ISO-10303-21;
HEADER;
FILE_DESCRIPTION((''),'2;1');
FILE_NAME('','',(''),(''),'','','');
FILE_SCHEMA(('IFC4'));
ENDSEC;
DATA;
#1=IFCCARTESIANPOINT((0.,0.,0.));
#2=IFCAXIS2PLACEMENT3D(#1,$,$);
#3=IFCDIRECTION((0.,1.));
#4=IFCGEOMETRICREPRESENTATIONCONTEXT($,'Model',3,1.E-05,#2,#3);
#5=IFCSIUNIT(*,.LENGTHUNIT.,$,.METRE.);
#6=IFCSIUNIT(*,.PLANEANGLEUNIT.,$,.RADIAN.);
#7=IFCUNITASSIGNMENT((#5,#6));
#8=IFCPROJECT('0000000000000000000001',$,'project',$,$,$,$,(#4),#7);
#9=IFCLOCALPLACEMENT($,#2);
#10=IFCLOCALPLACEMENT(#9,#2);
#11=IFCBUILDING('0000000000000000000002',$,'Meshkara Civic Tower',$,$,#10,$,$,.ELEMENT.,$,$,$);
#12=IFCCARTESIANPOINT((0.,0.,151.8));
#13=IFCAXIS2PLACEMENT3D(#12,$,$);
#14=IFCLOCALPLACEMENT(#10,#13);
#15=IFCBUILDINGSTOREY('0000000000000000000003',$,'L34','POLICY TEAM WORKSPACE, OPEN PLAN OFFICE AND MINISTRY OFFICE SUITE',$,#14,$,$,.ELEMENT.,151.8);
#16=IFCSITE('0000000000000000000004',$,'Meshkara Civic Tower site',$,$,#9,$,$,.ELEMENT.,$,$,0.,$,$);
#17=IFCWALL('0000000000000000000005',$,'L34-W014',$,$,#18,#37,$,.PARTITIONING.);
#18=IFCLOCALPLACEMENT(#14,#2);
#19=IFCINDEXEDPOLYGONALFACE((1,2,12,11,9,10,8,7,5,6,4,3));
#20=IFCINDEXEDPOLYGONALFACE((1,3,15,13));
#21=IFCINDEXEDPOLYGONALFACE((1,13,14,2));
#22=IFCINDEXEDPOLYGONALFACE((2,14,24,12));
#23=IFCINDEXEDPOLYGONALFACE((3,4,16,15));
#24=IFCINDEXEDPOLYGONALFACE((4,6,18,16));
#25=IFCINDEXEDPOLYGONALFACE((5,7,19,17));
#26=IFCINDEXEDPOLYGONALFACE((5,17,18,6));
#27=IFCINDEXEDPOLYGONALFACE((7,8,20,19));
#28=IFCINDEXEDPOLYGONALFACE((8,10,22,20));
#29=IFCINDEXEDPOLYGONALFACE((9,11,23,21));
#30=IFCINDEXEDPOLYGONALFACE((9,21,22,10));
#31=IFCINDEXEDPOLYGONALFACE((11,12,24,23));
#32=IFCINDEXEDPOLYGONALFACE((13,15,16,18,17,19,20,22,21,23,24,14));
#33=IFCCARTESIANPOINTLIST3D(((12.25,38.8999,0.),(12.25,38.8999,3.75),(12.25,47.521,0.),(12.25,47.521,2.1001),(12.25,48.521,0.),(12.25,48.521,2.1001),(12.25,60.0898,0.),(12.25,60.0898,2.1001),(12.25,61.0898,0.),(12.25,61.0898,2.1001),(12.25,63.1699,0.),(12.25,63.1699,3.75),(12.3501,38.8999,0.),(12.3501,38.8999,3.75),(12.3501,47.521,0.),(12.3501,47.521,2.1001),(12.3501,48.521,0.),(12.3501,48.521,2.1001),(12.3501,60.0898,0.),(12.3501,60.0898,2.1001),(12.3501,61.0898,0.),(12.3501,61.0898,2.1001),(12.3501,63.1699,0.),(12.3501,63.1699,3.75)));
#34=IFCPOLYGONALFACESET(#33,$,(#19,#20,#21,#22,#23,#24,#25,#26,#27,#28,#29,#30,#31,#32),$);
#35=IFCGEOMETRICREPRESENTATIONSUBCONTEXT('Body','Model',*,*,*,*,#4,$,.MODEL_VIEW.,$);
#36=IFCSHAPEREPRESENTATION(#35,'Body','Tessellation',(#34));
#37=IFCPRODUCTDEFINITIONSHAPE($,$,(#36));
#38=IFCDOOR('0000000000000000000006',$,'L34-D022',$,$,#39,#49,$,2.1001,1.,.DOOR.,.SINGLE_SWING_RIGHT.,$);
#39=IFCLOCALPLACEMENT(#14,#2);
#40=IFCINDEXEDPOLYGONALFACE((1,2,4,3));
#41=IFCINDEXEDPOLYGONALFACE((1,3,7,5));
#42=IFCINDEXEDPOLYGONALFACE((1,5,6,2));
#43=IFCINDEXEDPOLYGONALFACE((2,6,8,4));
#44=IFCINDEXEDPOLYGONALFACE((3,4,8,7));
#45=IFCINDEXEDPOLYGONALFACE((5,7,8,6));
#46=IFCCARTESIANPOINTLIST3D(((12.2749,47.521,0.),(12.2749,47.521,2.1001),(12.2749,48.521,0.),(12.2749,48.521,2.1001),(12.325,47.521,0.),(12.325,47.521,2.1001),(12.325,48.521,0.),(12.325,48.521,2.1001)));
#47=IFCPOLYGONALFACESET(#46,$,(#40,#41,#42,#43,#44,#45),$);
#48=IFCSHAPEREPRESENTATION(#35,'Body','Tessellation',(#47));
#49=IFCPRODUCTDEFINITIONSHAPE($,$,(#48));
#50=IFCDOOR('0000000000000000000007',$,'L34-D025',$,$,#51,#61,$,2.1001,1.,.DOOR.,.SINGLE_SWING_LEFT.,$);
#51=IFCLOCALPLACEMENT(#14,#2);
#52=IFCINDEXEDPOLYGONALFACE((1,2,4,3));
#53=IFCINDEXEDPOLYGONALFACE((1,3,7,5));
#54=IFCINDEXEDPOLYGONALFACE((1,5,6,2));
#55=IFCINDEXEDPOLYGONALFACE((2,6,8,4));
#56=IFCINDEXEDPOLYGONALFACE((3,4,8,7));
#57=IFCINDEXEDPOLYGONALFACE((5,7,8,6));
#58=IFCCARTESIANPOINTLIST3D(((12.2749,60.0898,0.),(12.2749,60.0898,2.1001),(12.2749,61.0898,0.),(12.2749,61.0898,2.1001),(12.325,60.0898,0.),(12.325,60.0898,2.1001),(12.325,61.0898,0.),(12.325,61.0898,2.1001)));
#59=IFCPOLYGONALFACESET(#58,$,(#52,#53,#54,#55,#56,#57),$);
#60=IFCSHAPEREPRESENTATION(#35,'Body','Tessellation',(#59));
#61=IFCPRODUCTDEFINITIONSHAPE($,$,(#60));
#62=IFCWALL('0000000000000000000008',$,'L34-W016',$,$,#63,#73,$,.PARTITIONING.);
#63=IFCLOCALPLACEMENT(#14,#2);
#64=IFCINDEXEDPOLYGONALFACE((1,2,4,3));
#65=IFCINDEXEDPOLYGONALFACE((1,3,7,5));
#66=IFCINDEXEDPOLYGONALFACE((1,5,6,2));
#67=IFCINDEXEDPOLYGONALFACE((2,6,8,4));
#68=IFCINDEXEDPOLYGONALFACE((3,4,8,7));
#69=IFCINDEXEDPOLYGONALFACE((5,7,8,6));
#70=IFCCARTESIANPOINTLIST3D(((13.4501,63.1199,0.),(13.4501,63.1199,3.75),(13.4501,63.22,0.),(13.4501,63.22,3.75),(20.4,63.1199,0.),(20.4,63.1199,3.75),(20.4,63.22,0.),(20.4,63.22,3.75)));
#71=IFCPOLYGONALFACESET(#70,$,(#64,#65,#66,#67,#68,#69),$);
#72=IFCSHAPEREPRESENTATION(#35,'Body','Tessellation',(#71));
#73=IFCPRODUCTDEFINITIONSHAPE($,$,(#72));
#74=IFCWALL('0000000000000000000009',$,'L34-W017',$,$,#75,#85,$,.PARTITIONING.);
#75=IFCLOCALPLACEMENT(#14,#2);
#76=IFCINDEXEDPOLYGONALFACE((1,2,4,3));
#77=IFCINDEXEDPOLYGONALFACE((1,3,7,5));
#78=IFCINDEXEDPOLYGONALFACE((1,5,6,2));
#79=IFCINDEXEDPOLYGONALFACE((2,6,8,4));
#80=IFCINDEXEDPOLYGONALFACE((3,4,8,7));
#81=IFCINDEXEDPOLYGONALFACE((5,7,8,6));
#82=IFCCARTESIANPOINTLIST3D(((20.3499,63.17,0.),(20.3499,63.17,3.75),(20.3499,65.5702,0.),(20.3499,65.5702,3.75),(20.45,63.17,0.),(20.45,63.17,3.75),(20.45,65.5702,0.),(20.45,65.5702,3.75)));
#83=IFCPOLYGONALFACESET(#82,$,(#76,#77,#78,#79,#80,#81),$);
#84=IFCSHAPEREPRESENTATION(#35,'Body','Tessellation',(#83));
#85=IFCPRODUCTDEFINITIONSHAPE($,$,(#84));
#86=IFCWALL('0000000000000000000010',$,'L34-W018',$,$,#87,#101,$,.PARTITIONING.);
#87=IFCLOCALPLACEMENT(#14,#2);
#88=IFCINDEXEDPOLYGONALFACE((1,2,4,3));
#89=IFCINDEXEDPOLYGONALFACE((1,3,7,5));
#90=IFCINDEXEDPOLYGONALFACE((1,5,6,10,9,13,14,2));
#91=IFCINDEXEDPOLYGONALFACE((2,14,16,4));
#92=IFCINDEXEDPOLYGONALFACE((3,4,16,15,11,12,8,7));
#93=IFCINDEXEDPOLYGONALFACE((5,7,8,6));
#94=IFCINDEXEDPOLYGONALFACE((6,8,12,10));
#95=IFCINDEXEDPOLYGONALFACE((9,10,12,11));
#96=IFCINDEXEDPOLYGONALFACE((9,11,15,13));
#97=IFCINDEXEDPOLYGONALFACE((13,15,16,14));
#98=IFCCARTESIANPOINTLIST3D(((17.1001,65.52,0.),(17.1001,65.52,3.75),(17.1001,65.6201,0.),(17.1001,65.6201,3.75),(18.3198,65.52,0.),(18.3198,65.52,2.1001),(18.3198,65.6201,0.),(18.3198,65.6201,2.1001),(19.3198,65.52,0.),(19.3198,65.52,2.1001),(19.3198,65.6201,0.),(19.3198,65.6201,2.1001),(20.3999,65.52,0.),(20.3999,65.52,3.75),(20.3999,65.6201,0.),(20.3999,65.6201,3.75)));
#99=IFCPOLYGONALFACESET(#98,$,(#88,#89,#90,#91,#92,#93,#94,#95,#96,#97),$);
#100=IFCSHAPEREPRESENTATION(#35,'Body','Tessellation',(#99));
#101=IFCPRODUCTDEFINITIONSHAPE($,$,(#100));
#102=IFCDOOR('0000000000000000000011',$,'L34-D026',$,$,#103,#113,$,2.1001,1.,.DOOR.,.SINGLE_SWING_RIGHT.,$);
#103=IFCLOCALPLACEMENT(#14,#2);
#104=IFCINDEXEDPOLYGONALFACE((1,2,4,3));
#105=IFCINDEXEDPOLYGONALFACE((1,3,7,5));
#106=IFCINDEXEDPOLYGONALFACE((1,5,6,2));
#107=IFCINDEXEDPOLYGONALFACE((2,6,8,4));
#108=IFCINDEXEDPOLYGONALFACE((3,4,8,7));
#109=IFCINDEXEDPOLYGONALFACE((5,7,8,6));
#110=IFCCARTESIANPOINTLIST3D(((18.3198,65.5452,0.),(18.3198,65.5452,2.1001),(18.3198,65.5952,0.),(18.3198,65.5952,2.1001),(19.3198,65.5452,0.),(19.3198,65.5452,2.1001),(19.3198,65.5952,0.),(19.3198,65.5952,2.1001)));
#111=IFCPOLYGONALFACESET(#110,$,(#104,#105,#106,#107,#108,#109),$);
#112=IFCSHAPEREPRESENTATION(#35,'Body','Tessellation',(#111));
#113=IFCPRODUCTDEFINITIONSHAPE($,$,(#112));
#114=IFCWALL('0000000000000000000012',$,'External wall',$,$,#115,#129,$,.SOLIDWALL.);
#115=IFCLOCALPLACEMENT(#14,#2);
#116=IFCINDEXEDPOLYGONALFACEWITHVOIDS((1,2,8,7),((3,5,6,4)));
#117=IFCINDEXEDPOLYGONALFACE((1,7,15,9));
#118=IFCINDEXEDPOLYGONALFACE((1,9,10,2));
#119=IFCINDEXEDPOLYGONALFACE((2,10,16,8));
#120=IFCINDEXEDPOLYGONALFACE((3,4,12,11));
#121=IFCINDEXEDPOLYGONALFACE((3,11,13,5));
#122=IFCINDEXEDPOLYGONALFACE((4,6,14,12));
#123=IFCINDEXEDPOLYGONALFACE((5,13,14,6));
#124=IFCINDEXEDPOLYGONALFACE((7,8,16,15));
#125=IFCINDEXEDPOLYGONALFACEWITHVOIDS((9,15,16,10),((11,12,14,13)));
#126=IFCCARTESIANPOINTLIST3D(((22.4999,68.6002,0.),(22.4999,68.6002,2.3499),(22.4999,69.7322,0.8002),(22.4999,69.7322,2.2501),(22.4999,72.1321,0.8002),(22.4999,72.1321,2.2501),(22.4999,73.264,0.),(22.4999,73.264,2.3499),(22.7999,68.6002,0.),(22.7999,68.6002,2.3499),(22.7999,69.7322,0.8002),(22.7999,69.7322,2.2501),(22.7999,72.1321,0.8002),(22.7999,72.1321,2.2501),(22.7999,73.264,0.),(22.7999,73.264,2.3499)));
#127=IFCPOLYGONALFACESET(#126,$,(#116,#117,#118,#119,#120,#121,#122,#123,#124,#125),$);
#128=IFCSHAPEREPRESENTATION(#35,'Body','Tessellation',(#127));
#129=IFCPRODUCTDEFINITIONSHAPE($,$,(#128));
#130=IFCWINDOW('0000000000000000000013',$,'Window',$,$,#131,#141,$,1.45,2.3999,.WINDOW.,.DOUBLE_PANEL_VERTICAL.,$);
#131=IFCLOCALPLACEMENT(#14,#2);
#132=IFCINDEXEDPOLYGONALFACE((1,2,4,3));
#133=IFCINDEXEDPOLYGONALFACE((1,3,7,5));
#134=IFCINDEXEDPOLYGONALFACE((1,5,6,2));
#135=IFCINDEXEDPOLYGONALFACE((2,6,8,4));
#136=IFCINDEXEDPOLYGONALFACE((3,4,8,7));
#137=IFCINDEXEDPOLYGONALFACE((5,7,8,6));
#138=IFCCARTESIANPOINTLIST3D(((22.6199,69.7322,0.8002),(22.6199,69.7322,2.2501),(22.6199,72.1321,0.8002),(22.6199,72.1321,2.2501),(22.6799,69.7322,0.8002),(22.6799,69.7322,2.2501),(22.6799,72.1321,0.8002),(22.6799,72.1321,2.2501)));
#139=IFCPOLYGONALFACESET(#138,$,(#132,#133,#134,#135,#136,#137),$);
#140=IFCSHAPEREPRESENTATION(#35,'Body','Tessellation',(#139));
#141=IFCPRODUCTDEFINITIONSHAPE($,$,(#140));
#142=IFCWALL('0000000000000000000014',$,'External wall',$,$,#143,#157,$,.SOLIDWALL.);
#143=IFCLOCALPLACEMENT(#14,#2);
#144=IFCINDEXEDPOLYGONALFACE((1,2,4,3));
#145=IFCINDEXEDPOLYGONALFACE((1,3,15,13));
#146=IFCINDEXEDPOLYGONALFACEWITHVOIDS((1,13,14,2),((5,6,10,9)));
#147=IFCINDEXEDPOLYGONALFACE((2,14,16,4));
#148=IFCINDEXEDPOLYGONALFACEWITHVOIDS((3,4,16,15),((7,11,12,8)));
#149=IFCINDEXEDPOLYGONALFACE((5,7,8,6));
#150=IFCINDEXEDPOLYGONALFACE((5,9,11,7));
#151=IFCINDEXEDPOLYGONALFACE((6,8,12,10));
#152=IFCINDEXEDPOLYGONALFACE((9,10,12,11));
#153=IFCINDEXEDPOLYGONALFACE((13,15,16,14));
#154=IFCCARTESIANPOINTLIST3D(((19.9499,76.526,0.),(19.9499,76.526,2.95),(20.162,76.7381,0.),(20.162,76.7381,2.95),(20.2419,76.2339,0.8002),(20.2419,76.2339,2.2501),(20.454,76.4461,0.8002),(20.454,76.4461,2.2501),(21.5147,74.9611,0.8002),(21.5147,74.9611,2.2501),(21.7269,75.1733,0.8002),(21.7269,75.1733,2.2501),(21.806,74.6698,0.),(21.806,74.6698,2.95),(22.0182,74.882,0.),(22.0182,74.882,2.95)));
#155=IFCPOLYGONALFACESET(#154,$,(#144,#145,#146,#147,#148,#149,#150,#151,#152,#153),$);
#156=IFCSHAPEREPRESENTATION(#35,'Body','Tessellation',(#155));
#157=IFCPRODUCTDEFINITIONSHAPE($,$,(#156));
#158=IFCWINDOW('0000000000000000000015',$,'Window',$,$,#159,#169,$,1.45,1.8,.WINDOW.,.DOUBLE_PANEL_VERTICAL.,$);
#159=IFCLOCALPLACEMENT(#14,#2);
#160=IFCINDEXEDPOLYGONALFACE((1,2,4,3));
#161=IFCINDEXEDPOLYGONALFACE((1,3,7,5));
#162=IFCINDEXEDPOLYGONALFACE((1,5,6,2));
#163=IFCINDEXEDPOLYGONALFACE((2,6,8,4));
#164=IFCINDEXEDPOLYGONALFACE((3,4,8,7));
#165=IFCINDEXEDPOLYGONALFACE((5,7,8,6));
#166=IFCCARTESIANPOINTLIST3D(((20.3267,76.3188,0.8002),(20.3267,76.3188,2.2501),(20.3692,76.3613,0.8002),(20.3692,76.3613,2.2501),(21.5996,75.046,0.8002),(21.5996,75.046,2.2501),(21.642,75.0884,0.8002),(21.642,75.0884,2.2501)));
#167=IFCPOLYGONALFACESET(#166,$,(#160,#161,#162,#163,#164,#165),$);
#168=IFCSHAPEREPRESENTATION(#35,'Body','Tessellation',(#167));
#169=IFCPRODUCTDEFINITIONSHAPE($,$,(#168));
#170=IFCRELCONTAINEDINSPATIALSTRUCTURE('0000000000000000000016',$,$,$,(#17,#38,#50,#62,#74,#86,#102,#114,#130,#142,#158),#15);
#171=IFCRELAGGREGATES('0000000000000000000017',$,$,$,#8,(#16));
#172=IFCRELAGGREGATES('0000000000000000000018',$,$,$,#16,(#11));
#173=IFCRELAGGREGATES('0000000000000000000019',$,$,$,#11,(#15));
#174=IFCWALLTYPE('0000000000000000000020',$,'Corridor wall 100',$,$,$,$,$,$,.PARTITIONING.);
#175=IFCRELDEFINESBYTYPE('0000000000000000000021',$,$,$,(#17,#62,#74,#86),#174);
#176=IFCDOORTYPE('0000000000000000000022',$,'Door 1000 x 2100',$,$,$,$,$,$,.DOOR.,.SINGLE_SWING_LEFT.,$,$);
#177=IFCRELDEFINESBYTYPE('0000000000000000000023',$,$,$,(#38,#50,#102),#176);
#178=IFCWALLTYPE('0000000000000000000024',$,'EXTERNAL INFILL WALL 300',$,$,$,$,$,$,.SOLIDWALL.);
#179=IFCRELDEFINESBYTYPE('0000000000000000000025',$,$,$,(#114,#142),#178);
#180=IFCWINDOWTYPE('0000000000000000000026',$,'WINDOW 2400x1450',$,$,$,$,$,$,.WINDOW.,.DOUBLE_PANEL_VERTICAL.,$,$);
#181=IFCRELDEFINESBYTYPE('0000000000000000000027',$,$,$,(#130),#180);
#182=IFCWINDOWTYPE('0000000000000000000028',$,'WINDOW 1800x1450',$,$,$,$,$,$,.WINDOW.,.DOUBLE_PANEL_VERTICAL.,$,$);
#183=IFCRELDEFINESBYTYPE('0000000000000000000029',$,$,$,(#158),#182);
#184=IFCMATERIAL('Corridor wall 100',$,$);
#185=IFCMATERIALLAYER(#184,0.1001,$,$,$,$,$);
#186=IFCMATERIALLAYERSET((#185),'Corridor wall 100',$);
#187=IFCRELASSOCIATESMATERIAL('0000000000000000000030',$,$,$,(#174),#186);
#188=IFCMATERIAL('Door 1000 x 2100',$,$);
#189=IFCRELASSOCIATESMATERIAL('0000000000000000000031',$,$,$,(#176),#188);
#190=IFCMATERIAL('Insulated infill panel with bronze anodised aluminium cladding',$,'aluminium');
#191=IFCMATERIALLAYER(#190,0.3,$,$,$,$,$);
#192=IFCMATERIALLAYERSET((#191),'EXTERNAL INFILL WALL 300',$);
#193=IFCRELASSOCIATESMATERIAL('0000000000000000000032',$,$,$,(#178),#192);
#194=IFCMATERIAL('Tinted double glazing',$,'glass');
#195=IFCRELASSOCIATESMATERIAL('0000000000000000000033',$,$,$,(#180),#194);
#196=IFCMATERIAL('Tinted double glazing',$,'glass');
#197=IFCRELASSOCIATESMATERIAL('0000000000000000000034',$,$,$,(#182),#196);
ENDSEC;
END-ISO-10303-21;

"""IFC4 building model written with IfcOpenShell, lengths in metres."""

from ifc_helpers import new_model, si_unit, direction, frame, frame_2d, origin, place, context, subcontext, project, spatial, rectangle, extrude, material, layer, layer_set, type_object, element, fill, save


model = new_model("IFC4")

# Units and contexts
model_context = context("Model", 3, precision=1e-05, world=origin(), true_north=direction((0.0, 1.0)))
body_context = subcontext(model_context, "Body", "Model", "MODEL_VIEW")
ifc_project = project(units=[si_unit("LENGTHUNIT", "METRE"), si_unit("PLANEANGLEUNIT", "RADIAN")], contexts=[model_context])

# Site, building, storey
site_placement = place(None, origin())
site = spatial("IfcSite", under=ifc_project, at=site_placement, Name="Meshkara Civic Tower site", CompositionType="ELEMENT", RefElevation=0.0)
building_placement = place(site_placement, origin())
building = spatial("IfcBuilding", under=site, at=building_placement, Name="Meshkara Civic Tower", CompositionType="ELEMENT")
storey_placement = place(building_placement, frame((0.0, 0.0, 151.8)))
storey = spatial("IfcBuildingStorey", under=building, at=storey_placement, Name="L34", Description="POLICY TEAM WORKSPACE, OPEN PLAN OFFICE AND MINISTRY OFFICE SUITE", CompositionType="ELEMENT", Elevation=151.8)

# Wall, openings, doors
ifc_material_1 = material(Name="Corridor wall 100")
ifc_layer_1 = layer(ifc_material_1, 0.1001)
ifc_layer_set_1 = layer_set([ifc_layer_1], Name="Corridor wall 100")
wall_type_1 = type_object("IfcWallType", Name="Corridor wall 100", PredefinedType="PARTITIONING", material=ifc_layer_set_1)
wall_1_placement = place(storey_placement, frame((12.3, 63.1699, 0.0), z_axis=(0.0, 0.0, 1.0), x_axis=(0.0, -1.0, 0.0)))
wall_1 = element("IfcWall", 1, at=wall_1_placement, inside=storey, type_object=wall_type_1, Name="L34-W014", PredefinedType="PARTITIONING", context=body_context, shape_type="SweptSolid", body=[
    extrude(rectangle(XDim=24.27, YDim=0.1001, at=frame_2d((12.135, 0.0))), origin(), (0.0, 0.0, 1.0), 3.75),
])
opening_1_placement = place(wall_1_placement, frame((14.6489, 0.0, 0.0)))
opening_1 = element("IfcOpeningElement", 2, at=opening_1_placement, cuts=wall_1, PredefinedType="OPENING", context=body_context, shape_type="SweptSolid", body=[
    extrude(rectangle(XDim=1.0, YDim=2.1001, at=frame_2d((0.5, 1.05))), frame((0.0, 0.0601, 0.0), z_axis=(0.0, -1.0, 0.0), x_axis=(1.0, 0.0, 0.0)), (0.0, 0.0, 1.0), 0.1201),
])
opening_2_placement = place(wall_1_placement, frame((2.0801, 0.0, 0.0)))
opening_2 = element("IfcOpeningElement", 3, at=opening_2_placement, cuts=wall_1, PredefinedType="OPENING", context=body_context, shape_type="SweptSolid", body=[
    extrude(rectangle(XDim=1.0, YDim=2.1001, at=frame_2d((0.5, 1.05))), frame((0.0, 0.0601, 0.0), z_axis=(0.0, -1.0, 0.0), x_axis=(1.0, 0.0, 0.0)), (0.0, 0.0, 1.0), 0.1201),
])
ifc_material_2 = material(Name="Door 1000 x 2100")
door_type = type_object("IfcDoorType", Name="Door 1000 x 2100", OperationType="SINGLE_SWING_LEFT", PredefinedType="DOOR", material=ifc_material_2)
door_1_placement = place(opening_1_placement, origin())
door_1 = element("IfcDoor", 4, at=door_1_placement, inside=storey, type_object=door_type, Name="L34-D022", OperationType="SINGLE_SWING_RIGHT", OverallHeight=2.1001, OverallWidth=1.0, PredefinedType="DOOR", context=body_context, shape_type="SweptSolid", body=[
    extrude(rectangle(XDim=1.0, YDim=2.1001, at=frame_2d((0.5, 1.05))), frame((0.0, 0.0249, 0.0), z_axis=(0.0, -1.0, 0.0), x_axis=(1.0, 0.0, 0.0)), (0.0, 0.0, 1.0), 0.05),
])
fill(opening_1, door_1)
door_2_placement = place(opening_2_placement, origin())
door_2 = element("IfcDoor", 5, at=door_2_placement, inside=storey, type_object=door_type, Name="L34-D025", OperationType="SINGLE_SWING_LEFT", OverallHeight=2.1001, OverallWidth=1.0, PredefinedType="DOOR", context=body_context, shape_type="SweptSolid", body=[
    extrude(rectangle(XDim=1.0, YDim=2.1001, at=frame_2d((0.5, 1.05))), frame((0.0, 0.0249, 0.0), z_axis=(0.0, -1.0, 0.0), x_axis=(1.0, 0.0, 0.0)), (0.0, 0.0, 1.0), 0.05),
])
fill(opening_2, door_2)

# Walls
wall_2_placement = place(storey_placement, frame((13.45, 63.1699, 0.0), z_axis=(0.0, 0.0, 1.0), x_axis=(1.0, 0.0, 0.0)))
element("IfcWall", 6, at=wall_2_placement, inside=storey, type_object=wall_type_1, Name="L34-W016", PredefinedType="PARTITIONING", context=body_context, shape_type="SweptSolid", body=[
    extrude(rectangle(XDim=6.95, YDim=0.1001, at=frame_2d((3.4751, 0.0))), origin(), (0.0, 0.0, 1.0), 3.75),
])
wall_3_placement = place(storey_placement, frame((20.3999, 63.1699, 0.0), z_axis=(0.0, 0.0, 1.0), x_axis=(0.0, 1.0, 0.0)))
element("IfcWall", 7, at=wall_3_placement, inside=storey, type_object=wall_type_1, Name="L34-W017", PredefinedType="PARTITIONING", context=body_context, shape_type="SweptSolid", body=[
    extrude(rectangle(XDim=2.4001, YDim=0.1001, at=frame_2d((1.2002, 0.0))), origin(), (0.0, 0.0, 1.0), 3.75),
])

# Wall, opening, door
wall_4_placement = place(storey_placement, frame((20.3999, 65.5701, 0.0), z_axis=(0.0, 0.0, 1.0), x_axis=(-1.0, 0.0, 0.0)))
wall_4 = element("IfcWall", 8, at=wall_4_placement, inside=storey, type_object=wall_type_1, Name="L34-W018", PredefinedType="PARTITIONING", context=body_context, shape_type="SweptSolid", body=[
    extrude(rectangle(XDim=3.2998, YDim=0.1001, at=frame_2d((1.6499, 0.0))), origin(), (0.0, 0.0, 1.0), 3.75),
])
opening_3_placement = place(wall_4_placement, frame((1.0801, 0.0, 0.0)))
opening_3 = element("IfcOpeningElement", 9, at=opening_3_placement, cuts=wall_4, PredefinedType="OPENING", context=body_context, shape_type="SweptSolid", body=[
    extrude(rectangle(XDim=1.0, YDim=2.1001, at=frame_2d((0.5, 1.05))), frame((0.0, 0.0601, 0.0), z_axis=(0.0, -1.0, 0.0), x_axis=(1.0, 0.0, 0.0)), (0.0, 0.0, 1.0), 0.1201),
])
door_3_placement = place(opening_3_placement, origin())
door_3 = element("IfcDoor", 10, at=door_3_placement, inside=storey, type_object=door_type, Name="L34-D026", OperationType="SINGLE_SWING_RIGHT", OverallHeight=2.1001, OverallWidth=1.0, PredefinedType="DOOR", context=body_context, shape_type="SweptSolid", body=[
    extrude(rectangle(XDim=1.0, YDim=2.1001, at=frame_2d((0.5, 1.05))), frame((0.0, 0.0249, 0.0), z_axis=(0.0, -1.0, 0.0), x_axis=(1.0, 0.0, 0.0)), (0.0, 0.0, 1.0), 0.05),
])
fill(opening_3, door_3)

# Walls, openings, windows
ifc_material_3 = material(Name="Insulated infill panel with bronze anodised aluminium cladding", Category="aluminium")
ifc_layer_2 = layer(ifc_material_3, 0.3)
ifc_layer_set_2 = layer_set([ifc_layer_2], Name="EXTERNAL INFILL WALL 300")
wall_type_2 = type_object("IfcWallType", Name="EXTERNAL INFILL WALL 300", PredefinedType="SOLIDWALL", material=ifc_layer_set_2)
wall_5_placement = place(storey_placement, frame((22.6499, 68.6001, 0.0), z_axis=(0.0, 0.0, 1.0), x_axis=(0.0, 1.0, 0.0)))
wall_5 = element("IfcWall", 11, at=wall_5_placement, inside=storey, type_object=wall_type_2, Name="External wall", PredefinedType="SOLIDWALL", context=body_context, shape_type="SweptSolid", body=[
    extrude(rectangle(XDim=4.6638, YDim=0.3, at=frame_2d((2.332, 0.0))), origin(), (0.0, 0.0, 1.0), 2.3499),
])
opening_4_placement = place(wall_5_placement, frame((1.1321, 0.0, 0.8)))
opening_4 = element("IfcOpeningElement", 12, at=opening_4_placement, cuts=wall_5, PredefinedType="OPENING", context=body_context, shape_type="SweptSolid", body=[
    extrude(rectangle(XDim=2.3999, YDim=1.45, at=frame_2d((1.2, 0.7251))), frame((0.0, 0.1599, 0.0), z_axis=(0.0, -1.0, 0.0), x_axis=(1.0, 0.0, 0.0)), (0.0, 0.0, 1.0), 0.3201),
])
ifc_material_4 = material(Name="Tinted double glazing", Category="glass")
window_type_1 = type_object("IfcWindowType", Name="WINDOW 2400x1450", PartitioningType="DOUBLE_PANEL_VERTICAL", PredefinedType="WINDOW", material=ifc_material_4)
window_1_placement = place(opening_4_placement, origin())
window_1 = element("IfcWindow", 13, at=window_1_placement, inside=storey, type_object=window_type_1, Name="Window", OverallHeight=1.45, OverallWidth=2.3999, PartitioningType="DOUBLE_PANEL_VERTICAL", PredefinedType="WINDOW", context=body_context, shape_type="SweptSolid", body=[
    extrude(rectangle(XDim=2.3999, YDim=1.45, at=frame_2d((1.2, 0.7251))), frame((0.0, 0.03, 0.0), z_axis=(0.0, -1.0, 0.0), x_axis=(1.0, 0.0, 0.0)), (0.0, 0.0, 1.0), 0.0601),
])
fill(opening_4, window_1)
wall_6_placement = place(storey_placement, frame((21.9121, 74.7759, 0.0), z_axis=(0.0, 0.0, 1.0), x_axis=(-0.707107, 0.707107, 0.0)))
wall_6 = element("IfcWall", 14, at=wall_6_placement, inside=storey, type_object=wall_type_2, Name="External wall", PredefinedType="SOLIDWALL", context=body_context, shape_type="SweptSolid", body=[
    extrude(rectangle(XDim=2.625, YDim=0.3, at=frame_2d((1.3125, 0.0))), origin(), (0.0, 0.0, 1.0), 2.95),
])
opening_5_placement = place(wall_6_placement, frame((0.4121, 0.0, 0.8)))
opening_5 = element("IfcOpeningElement", 15, at=opening_5_placement, cuts=wall_6, PredefinedType="OPENING", context=body_context, shape_type="SweptSolid", body=[
    extrude(rectangle(XDim=1.8, YDim=1.45, at=frame_2d((0.8999, 0.7251))), frame((0.0, 0.1599, 0.0), z_axis=(0.0, -1.0, 0.0), x_axis=(1.0, 0.0, 0.0)), (0.0, 0.0, 1.0), 0.3201),
])
ifc_material_5 = material(Name="Tinted double glazing", Category="glass")
window_type_2 = type_object("IfcWindowType", Name="WINDOW 1800x1450", PartitioningType="DOUBLE_PANEL_VERTICAL", PredefinedType="WINDOW", material=ifc_material_5)
window_2_placement = place(opening_5_placement, origin())
window_2 = element("IfcWindow", 16, at=window_2_placement, inside=storey, type_object=window_type_2, Name="Window", OverallHeight=1.45, OverallWidth=1.8, PartitioningType="DOUBLE_PANEL_VERTICAL", PredefinedType="WINDOW", context=body_context, shape_type="SweptSolid", body=[
    extrude(rectangle(XDim=1.8, YDim=1.45, at=frame_2d((0.8999, 0.7251))), frame((0.0, 0.03, 0.0), z_axis=(0.0, -1.0, 0.0), x_axis=(1.0, 0.0, 0.0)), (0.0, 0.0, 1.0), 0.0601),
])
fill(opening_5, window_2)

save(model, "model.ifc")
